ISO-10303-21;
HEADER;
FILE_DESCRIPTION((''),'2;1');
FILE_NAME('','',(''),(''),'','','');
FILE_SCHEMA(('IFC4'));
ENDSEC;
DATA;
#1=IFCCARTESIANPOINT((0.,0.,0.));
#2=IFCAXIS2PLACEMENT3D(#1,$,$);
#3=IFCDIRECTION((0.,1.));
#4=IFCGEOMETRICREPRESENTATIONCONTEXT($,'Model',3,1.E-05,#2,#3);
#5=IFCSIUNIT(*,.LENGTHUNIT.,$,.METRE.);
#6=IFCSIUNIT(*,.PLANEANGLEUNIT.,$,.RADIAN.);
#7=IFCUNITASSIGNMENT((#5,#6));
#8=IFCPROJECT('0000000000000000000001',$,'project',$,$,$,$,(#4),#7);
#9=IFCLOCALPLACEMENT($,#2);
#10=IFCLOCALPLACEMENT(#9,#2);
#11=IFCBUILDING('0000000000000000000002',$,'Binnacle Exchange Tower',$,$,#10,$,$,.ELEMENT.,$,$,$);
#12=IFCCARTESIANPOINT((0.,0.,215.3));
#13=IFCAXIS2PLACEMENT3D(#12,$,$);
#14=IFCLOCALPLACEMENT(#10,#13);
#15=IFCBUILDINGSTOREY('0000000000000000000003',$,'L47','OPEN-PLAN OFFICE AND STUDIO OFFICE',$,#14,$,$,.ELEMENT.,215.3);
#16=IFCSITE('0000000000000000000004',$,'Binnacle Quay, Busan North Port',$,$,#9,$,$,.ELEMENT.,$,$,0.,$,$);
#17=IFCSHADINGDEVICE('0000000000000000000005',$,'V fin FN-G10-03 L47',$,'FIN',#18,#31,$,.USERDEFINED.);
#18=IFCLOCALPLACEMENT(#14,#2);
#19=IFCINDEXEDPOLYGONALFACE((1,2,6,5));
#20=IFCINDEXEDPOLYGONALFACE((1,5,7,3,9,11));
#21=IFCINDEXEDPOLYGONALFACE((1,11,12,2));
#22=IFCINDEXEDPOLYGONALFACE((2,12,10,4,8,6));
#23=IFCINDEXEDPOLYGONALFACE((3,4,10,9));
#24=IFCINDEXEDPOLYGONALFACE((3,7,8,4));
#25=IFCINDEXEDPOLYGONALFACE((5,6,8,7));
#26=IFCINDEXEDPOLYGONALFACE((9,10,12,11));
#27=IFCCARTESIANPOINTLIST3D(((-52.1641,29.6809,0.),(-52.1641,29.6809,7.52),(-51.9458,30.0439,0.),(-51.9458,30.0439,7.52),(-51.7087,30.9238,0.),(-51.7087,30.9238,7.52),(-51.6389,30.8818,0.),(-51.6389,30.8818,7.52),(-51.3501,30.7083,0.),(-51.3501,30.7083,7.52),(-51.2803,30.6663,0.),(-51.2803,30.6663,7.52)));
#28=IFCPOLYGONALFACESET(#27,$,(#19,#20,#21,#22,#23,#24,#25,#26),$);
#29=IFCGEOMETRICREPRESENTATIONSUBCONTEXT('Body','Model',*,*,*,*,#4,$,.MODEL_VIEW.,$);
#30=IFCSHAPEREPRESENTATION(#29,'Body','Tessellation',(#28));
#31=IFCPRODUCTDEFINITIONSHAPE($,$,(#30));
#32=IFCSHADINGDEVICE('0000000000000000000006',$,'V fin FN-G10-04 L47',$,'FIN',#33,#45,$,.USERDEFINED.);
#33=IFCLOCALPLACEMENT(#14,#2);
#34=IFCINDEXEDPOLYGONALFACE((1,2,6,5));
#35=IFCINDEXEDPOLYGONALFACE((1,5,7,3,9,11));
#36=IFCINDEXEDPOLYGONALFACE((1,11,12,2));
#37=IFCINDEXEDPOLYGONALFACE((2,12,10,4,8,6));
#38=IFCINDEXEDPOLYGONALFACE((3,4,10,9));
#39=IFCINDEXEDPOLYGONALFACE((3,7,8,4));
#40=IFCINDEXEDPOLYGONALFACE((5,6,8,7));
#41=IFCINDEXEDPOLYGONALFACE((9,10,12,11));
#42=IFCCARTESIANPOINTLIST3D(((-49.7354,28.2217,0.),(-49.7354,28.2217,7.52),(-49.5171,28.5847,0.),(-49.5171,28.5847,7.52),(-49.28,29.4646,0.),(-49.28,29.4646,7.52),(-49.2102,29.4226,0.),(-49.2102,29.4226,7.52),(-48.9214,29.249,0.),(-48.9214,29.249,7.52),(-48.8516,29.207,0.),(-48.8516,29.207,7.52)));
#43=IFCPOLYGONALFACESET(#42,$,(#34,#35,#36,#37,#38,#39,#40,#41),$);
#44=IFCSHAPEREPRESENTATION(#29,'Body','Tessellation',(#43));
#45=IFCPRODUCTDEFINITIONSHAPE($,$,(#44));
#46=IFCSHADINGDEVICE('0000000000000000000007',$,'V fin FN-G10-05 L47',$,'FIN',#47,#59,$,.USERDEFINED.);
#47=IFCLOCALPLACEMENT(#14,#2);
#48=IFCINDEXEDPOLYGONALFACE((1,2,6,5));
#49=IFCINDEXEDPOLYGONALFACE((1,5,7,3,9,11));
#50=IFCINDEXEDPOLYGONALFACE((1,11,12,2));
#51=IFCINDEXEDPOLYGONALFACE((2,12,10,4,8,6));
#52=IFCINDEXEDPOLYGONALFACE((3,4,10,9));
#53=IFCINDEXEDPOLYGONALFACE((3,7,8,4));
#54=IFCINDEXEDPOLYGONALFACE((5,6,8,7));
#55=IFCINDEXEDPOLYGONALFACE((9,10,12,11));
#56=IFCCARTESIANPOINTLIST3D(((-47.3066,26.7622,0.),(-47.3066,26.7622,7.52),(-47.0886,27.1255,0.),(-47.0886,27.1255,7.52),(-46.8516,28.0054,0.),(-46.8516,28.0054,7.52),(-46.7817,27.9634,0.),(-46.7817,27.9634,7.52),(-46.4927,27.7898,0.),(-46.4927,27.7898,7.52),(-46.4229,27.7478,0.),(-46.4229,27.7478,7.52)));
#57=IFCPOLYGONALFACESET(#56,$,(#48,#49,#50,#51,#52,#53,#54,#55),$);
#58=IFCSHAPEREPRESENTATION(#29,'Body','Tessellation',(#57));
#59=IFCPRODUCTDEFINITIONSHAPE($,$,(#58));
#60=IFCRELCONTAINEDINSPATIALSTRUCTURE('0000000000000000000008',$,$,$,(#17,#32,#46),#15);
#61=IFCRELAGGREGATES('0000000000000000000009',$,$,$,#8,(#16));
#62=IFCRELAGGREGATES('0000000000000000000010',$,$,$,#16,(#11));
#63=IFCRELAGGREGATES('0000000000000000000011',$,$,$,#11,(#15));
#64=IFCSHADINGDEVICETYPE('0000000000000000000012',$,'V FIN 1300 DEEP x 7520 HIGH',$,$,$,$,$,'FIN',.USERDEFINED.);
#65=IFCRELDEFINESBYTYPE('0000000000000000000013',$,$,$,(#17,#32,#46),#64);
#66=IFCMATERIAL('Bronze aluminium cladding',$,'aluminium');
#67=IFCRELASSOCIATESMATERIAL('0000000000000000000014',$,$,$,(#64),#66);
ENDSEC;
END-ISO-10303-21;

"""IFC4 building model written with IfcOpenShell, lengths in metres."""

from ifc_helpers import new_model, si_unit, direction, frame, origin, place, context, subcontext, project, spatial, polyline, outline, extrude, material, type_object, element, save


model = new_model("IFC4")

# Units and contexts
model_context = context("Model", 3, precision=1e-05, world=origin(), true_north=direction((0.0, 1.0)))
body_context = subcontext(model_context, "Body", "Model", "MODEL_VIEW")
ifc_project = project(units=[si_unit("LENGTHUNIT", "METRE"), si_unit("PLANEANGLEUNIT", "RADIAN")], contexts=[model_context])

# Site, building, storey
site_placement = place(None, origin())
site = spatial("IfcSite", under=ifc_project, at=site_placement, Name="Binnacle Quay, Busan North Port", CompositionType="ELEMENT", RefElevation=0.0)
building_placement = place(site_placement, origin())
building = spatial("IfcBuilding", under=site, at=building_placement, Name="Binnacle Exchange Tower", CompositionType="ELEMENT")
storey_placement = place(building_placement, frame((0.0, 0.0, 215.3)))
storey = spatial("IfcBuildingStorey", under=building, at=storey_placement, Name="L47", Description="OPEN-PLAN OFFICE AND STUDIO OFFICE", CompositionType="ELEMENT", Elevation=215.3)

# Shading devices
ifc_material_1 = material(Name="Bronze aluminium cladding", Category="aluminium")
shading_device_type = type_object("IfcShadingDeviceType", Name="V FIN 1300 DEEP x 7520 HIGH", ElementType="FIN", PredefinedType="USERDEFINED", material=ifc_material_1)
shading_device_1_placement = place(storey_placement, origin())
element("IfcShadingDevice", 1, at=shading_device_1_placement, inside=storey, type_object=shading_device_type, Name="V fin FN-G10-03 L47", ObjectType="FIN", PredefinedType="USERDEFINED", context=body_context, shape_type="SweptSolid", body=[
    extrude(outline(polyline([(-51.7087, 30.9238), (-52.1641, 29.6809), (-51.2803, 30.6663), (-51.3501, 30.7083), (-51.9458, 30.0439), (-51.6389, 30.8818), (-51.7087, 30.9238)])), origin(), (0.0, 0.0, 1.0), 7.52),
])
shading_device_2_placement = place(storey_placement, origin())
element("IfcShadingDevice", 2, at=shading_device_2_placement, inside=storey, type_object=shading_device_type, Name="V fin FN-G10-04 L47", ObjectType="FIN", PredefinedType="USERDEFINED", context=body_context, shape_type="SweptSolid", body=[
    extrude(outline(polyline([(-49.28, 29.4646), (-49.7354, 28.2217), (-48.8516, 29.207), (-48.9214, 29.249), (-49.5171, 28.5847), (-49.2102, 29.4226), (-49.28, 29.4646)])), origin(), (0.0, 0.0, 1.0), 7.52),
])
shading_device_3_placement = place(storey_placement, origin())
element("IfcShadingDevice", 3, at=shading_device_3_placement, inside=storey, type_object=shading_device_type, Name="V fin FN-G10-05 L47", ObjectType="FIN", PredefinedType="USERDEFINED", context=body_context, shape_type="SweptSolid", body=[
    extrude(outline(polyline([(-46.8516, 28.0054), (-47.3066, 26.7622), (-46.4229, 27.7478), (-46.4927, 27.7898), (-47.0886, 27.1255), (-46.7817, 27.9634), (-46.8516, 28.0054)])), origin(), (0.0, 0.0, 1.0), 7.52),
])

save(model, "model.ifc")
